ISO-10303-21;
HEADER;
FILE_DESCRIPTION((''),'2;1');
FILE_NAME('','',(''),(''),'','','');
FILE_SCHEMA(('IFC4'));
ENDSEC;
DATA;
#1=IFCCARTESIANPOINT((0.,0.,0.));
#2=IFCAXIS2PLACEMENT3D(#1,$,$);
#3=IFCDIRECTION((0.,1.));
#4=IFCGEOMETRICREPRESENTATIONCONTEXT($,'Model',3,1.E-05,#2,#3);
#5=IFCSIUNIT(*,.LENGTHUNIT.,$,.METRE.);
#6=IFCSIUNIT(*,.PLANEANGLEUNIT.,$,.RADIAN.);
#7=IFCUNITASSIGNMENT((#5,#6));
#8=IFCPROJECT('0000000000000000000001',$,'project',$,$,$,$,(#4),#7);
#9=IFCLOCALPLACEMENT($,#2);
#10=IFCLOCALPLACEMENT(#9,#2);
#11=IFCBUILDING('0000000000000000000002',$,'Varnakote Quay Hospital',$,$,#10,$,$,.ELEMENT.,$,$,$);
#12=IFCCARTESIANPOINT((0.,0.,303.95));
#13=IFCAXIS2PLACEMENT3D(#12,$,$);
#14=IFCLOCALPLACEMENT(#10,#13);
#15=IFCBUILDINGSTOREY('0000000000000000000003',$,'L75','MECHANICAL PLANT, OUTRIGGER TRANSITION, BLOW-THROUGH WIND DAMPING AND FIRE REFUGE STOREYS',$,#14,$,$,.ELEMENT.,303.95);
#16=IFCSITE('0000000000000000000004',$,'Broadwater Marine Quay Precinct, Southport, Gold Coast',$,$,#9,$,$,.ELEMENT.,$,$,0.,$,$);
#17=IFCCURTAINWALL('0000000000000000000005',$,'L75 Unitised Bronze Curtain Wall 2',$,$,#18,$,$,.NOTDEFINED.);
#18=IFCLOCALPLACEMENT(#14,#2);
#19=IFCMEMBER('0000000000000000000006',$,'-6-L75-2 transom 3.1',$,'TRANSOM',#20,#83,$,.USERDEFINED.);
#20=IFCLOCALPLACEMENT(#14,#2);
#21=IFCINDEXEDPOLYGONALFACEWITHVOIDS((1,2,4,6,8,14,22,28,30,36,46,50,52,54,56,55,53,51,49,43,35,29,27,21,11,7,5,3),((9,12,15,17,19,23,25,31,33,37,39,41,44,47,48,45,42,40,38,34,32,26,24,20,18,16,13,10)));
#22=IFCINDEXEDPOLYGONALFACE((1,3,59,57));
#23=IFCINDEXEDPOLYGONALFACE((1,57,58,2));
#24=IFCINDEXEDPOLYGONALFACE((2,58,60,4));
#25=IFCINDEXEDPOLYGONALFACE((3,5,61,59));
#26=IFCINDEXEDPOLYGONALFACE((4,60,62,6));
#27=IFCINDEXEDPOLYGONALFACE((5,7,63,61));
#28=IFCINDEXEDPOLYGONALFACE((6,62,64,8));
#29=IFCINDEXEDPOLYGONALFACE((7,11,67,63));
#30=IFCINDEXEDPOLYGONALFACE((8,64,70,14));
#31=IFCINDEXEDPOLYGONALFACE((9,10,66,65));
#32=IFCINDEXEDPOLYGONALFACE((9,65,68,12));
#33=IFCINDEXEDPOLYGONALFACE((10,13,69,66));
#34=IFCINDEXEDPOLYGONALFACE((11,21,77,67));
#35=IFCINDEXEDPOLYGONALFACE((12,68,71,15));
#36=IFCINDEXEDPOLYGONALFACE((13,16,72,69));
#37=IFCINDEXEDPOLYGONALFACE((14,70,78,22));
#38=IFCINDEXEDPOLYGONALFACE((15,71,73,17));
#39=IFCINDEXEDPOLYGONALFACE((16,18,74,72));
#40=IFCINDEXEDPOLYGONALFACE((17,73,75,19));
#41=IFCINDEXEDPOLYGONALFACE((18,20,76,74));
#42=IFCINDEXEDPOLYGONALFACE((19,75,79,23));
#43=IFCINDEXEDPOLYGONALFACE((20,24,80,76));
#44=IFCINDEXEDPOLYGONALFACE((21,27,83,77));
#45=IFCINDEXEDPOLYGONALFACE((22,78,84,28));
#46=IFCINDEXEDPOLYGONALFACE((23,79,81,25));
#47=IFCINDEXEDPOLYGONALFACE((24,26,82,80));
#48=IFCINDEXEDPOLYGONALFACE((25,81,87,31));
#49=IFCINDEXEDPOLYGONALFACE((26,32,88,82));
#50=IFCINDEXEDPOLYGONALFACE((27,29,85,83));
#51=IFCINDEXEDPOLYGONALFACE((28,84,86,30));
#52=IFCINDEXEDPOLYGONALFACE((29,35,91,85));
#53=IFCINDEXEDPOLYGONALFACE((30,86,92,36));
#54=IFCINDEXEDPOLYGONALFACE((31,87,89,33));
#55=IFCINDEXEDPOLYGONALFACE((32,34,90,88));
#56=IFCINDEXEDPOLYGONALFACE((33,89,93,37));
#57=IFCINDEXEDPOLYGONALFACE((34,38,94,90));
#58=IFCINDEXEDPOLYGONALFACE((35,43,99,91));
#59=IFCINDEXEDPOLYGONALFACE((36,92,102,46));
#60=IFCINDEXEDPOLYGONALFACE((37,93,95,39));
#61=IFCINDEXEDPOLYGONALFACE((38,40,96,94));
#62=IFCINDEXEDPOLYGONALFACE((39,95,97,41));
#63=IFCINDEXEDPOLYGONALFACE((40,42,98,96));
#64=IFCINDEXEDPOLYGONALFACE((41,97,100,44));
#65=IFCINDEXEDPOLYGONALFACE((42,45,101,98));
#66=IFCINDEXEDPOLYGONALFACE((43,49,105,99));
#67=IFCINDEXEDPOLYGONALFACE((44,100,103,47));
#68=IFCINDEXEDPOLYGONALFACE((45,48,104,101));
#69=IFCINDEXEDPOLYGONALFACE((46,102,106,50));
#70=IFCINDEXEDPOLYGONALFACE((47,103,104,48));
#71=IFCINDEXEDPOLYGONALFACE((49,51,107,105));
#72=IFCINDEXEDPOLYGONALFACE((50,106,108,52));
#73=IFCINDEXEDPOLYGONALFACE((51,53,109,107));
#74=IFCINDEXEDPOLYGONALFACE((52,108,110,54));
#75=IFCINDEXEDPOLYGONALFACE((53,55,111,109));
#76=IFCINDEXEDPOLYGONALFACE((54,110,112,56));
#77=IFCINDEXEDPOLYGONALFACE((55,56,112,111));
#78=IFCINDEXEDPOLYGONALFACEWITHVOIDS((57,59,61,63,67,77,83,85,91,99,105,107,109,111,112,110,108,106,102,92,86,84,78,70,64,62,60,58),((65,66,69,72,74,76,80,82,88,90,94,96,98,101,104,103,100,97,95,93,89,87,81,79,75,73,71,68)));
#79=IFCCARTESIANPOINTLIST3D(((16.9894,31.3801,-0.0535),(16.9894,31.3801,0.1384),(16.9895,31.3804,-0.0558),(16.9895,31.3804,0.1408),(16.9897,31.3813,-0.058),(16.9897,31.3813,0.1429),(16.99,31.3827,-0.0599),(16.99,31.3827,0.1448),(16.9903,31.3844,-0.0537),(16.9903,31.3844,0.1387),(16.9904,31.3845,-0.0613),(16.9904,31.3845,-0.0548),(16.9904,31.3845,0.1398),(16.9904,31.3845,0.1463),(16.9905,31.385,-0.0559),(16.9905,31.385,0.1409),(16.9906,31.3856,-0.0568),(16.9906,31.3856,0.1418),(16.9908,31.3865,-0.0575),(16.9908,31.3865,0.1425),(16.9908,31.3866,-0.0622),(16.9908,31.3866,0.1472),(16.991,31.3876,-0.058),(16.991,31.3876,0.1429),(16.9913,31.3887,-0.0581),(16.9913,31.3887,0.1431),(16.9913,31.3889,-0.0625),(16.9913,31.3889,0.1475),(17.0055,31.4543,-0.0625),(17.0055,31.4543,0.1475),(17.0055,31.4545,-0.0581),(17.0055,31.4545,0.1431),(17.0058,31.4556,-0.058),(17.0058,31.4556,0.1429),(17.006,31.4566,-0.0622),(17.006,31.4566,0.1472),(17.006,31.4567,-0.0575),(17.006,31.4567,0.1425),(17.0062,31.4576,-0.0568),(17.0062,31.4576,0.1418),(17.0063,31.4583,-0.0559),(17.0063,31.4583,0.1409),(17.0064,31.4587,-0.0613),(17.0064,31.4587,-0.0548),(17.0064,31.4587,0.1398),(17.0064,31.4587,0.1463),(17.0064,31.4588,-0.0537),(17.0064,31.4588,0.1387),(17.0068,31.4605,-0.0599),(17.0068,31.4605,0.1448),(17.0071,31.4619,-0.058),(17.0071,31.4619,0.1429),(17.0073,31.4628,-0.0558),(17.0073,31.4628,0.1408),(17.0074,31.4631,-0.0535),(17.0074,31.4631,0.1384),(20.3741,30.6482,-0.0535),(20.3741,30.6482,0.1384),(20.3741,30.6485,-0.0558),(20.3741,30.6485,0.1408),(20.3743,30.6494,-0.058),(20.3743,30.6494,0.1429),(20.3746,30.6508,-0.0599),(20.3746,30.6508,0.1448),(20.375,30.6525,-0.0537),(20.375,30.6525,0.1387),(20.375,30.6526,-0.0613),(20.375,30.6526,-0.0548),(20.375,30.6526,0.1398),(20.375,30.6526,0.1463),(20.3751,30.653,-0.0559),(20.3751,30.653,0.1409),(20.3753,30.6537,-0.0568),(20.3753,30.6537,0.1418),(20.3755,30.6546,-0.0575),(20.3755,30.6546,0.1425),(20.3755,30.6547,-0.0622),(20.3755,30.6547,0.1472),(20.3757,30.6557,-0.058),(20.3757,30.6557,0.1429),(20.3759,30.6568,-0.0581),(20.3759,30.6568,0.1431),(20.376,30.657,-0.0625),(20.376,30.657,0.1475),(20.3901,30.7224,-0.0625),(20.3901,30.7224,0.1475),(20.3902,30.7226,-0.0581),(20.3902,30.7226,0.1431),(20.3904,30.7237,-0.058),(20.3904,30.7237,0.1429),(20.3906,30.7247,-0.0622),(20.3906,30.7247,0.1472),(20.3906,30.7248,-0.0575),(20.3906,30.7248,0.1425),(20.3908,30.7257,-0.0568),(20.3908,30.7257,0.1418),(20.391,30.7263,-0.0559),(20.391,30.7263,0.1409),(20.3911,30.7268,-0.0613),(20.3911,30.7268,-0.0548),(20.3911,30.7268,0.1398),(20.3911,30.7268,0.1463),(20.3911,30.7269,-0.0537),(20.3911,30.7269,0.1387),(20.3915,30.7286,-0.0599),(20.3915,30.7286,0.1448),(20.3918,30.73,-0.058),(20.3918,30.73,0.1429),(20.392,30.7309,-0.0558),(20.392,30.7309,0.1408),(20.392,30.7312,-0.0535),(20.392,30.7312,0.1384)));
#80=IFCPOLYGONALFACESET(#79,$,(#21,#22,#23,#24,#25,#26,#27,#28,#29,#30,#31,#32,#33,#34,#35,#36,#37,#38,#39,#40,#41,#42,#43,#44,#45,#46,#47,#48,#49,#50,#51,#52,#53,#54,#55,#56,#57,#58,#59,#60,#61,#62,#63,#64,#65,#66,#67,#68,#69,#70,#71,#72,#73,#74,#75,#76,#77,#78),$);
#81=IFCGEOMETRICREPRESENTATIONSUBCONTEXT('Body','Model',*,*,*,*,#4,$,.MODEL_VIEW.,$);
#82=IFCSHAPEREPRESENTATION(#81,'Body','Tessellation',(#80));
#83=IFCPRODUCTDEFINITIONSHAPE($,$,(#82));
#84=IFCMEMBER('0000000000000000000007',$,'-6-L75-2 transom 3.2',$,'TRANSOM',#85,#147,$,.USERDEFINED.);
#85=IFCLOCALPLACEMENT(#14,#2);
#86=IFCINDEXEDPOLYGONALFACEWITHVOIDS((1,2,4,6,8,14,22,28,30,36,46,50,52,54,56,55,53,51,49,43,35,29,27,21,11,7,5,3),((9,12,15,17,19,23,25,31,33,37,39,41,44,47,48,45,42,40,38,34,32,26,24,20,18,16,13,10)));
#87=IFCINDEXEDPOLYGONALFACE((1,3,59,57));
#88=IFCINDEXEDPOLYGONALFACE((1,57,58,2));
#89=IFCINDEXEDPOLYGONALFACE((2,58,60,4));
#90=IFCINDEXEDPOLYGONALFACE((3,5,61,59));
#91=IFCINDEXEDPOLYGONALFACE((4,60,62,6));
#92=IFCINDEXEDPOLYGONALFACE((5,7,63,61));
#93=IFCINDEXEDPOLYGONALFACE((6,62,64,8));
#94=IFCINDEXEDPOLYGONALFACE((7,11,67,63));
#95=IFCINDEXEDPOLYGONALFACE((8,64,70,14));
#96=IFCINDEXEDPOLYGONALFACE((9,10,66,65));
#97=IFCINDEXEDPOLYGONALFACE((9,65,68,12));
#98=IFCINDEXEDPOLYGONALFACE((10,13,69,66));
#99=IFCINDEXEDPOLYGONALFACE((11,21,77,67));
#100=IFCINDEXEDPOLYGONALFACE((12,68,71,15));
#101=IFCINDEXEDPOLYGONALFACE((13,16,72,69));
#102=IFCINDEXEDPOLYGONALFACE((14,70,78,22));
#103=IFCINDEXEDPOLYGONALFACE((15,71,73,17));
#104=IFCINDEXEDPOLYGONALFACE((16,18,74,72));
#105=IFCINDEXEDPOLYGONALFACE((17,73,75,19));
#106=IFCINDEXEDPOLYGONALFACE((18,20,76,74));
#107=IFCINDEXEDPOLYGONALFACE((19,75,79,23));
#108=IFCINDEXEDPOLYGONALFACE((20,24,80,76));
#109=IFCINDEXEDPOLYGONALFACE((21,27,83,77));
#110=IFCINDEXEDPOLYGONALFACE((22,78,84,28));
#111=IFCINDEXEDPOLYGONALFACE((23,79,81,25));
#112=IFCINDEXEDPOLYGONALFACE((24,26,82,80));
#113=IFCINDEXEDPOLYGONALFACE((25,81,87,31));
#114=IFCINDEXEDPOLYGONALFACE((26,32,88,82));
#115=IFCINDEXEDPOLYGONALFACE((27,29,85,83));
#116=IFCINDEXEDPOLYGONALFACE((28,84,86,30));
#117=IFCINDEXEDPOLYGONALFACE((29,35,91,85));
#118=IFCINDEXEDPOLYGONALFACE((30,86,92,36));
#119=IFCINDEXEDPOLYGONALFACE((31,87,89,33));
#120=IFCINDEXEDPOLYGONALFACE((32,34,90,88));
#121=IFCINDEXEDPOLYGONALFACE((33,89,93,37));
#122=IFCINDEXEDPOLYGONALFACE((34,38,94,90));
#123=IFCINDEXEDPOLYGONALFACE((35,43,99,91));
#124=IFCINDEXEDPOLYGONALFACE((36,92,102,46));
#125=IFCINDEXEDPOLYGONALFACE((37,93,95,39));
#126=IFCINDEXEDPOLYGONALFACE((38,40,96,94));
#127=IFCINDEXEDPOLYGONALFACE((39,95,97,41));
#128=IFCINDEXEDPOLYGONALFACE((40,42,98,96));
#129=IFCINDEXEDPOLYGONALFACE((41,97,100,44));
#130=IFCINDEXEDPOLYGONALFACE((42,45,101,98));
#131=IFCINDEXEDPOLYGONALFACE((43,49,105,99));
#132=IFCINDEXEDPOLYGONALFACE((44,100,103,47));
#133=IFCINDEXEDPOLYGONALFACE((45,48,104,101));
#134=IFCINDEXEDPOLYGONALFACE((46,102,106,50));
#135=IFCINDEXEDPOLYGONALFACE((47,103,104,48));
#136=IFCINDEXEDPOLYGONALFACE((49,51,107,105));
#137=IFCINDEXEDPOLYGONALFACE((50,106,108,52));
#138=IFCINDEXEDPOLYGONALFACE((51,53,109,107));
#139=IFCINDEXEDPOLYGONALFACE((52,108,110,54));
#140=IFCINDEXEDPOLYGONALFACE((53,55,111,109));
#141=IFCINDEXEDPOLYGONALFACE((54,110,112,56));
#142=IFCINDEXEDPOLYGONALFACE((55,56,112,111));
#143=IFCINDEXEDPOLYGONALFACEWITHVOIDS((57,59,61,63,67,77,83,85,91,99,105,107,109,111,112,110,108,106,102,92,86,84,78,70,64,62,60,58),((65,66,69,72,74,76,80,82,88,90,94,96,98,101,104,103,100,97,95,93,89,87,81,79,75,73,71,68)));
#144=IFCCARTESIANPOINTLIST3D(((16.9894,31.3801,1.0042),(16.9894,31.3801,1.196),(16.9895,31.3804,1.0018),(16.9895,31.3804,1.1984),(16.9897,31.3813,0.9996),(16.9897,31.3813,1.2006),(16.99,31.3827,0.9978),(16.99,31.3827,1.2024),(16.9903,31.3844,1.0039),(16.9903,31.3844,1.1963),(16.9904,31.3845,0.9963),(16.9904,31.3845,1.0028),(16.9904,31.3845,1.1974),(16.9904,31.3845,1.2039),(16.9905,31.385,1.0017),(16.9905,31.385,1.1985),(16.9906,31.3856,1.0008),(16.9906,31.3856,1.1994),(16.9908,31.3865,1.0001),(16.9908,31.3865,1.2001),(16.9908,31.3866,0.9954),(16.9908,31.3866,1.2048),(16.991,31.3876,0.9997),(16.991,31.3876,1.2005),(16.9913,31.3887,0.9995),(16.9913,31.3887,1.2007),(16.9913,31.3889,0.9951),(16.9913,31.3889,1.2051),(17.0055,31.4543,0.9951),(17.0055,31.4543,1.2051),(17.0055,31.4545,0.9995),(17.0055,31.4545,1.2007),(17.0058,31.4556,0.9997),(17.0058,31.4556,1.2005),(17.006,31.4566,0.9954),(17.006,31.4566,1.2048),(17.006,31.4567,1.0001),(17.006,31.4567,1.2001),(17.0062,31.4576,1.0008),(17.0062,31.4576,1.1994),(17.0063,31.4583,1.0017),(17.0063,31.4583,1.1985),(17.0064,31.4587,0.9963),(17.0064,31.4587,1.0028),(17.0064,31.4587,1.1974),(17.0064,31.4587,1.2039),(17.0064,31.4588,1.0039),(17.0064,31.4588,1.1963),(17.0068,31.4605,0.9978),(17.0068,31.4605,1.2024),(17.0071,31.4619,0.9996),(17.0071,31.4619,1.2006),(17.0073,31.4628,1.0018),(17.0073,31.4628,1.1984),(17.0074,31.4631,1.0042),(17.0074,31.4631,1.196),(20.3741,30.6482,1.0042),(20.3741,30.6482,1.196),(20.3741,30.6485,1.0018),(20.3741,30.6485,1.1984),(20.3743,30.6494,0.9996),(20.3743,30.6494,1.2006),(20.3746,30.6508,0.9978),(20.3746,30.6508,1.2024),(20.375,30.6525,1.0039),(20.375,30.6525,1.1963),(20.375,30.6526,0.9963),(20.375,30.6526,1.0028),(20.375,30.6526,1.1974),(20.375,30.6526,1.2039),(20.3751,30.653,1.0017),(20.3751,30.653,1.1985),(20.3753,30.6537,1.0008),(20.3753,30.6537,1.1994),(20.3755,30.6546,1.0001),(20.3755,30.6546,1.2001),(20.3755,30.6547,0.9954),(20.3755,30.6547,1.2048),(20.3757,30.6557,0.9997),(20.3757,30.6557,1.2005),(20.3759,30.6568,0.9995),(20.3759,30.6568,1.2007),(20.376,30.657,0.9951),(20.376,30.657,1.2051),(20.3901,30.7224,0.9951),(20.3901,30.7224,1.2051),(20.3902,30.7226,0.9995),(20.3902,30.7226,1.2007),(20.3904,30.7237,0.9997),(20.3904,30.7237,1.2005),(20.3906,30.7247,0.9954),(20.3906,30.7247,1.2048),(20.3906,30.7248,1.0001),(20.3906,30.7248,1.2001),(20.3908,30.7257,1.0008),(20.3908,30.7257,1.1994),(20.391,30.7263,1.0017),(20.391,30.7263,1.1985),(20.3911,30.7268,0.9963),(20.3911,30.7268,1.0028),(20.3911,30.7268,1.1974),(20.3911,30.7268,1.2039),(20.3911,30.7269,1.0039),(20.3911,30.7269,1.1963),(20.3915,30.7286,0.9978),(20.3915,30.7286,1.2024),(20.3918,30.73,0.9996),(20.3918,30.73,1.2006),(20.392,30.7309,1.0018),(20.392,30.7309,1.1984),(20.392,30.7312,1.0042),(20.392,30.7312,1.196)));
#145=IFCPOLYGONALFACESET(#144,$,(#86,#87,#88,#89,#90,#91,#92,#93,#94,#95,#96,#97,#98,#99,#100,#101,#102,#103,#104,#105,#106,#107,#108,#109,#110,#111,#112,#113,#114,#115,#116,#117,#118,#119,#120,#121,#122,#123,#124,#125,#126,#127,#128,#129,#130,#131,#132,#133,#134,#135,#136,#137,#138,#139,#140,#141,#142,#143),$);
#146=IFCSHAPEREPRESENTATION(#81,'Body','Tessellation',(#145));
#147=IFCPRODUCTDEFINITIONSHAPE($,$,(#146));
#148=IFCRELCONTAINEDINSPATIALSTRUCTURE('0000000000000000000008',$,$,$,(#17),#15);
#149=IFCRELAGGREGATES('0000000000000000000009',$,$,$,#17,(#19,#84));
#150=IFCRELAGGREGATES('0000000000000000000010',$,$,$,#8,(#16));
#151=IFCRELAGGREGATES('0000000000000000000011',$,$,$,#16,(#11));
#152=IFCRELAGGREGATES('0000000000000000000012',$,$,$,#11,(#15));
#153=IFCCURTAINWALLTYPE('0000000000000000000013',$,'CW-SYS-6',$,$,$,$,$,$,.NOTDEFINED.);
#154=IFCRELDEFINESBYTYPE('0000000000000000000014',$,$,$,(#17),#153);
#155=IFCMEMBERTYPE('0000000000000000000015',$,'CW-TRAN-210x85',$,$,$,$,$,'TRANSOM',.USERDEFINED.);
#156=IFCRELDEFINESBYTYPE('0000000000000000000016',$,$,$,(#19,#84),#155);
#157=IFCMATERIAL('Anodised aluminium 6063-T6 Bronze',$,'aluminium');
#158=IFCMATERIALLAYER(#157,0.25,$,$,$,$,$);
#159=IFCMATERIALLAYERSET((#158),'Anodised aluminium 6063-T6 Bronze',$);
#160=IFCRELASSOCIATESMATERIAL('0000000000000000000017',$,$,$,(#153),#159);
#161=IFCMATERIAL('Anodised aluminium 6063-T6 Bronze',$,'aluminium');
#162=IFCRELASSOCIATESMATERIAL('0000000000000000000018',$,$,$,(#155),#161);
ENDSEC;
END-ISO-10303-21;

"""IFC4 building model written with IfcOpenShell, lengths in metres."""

from ifc_helpers import new_model, si_unit, direction, frame, origin, origin_2d, place, context, subcontext, project, spatial, hollow_rectangle, extrude, material, layer, layer_set, material_profile, profile_set, type_object, element, aggregate, save


model = new_model("IFC4")

# Units and contexts
model_context = context("Model", 3, precision=1e-05, world=origin(), true_north=direction((0.0, 1.0)))
body_context = subcontext(model_context, "Body", "Model", "MODEL_VIEW")
ifc_project = project(units=[si_unit("LENGTHUNIT", "METRE"), si_unit("PLANEANGLEUNIT", "RADIAN")], contexts=[model_context])

# Site, building, storey
site_placement = place(None, origin())
site = spatial("IfcSite", under=ifc_project, at=site_placement, Name="Broadwater Marine Quay Precinct, Southport, Gold Coast", CompositionType="ELEMENT", RefElevation=0.0)
building_placement = place(site_placement, origin())
building = spatial("IfcBuilding", under=site, at=building_placement, Name="Varnakote Quay Hospital", CompositionType="ELEMENT")
storey_placement = place(building_placement, frame((0.0, 0.0, 303.95)))
storey = spatial("IfcBuildingStorey", under=building, at=storey_placement, Name="L75", Description="MECHANICAL PLANT, OUTRIGGER TRANSITION, BLOW-THROUGH WIND DAMPING AND FIRE REFUGE STOREYS", CompositionType="ELEMENT", Elevation=303.95)

# Curtain wall, members
ifc_material_1 = material(Name="Anodised aluminium 6063-T6 Bronze", Category="aluminium")
ifc_layer_1 = layer(ifc_material_1, 0.25)
ifc_layer_set_1 = layer_set([ifc_layer_1], Name="Anodised aluminium 6063-T6 Bronze")
curtain_wall_type = type_object("IfcCurtainWallType", Name="CW-SYS-6", PredefinedType="NOTDEFINED", material=ifc_layer_set_1)
curtain_wall_placement = place(storey_placement, origin())
curtain_wall = element("IfcCurtainWall", 1, at=curtain_wall_placement, inside=storey, type_object=curtain_wall_type, Name="L75 Unitised Bronze Curtain Wall 2", PredefinedType="NOTDEFINED")
ifc_material_2 = material(Name="Anodised aluminium 6063-T6 Bronze", Category="aluminium")
ifc_material_profile_1 = material_profile(ifc_material_2, hollow_rectangle(XDim=0.085, YDim=0.21, WallThickness=0.0044, InnerFilletRadius=0.0044, OuterFilletRadius=0.009, at=origin_2d()), Name="CW-TRAN-210x85")
ifc_profile_set_1 = profile_set([ifc_material_profile_1], Name="Anodised aluminium 6063-T6 Bronze")
member_type_1 = type_object("IfcMemberType", Name="CW-TRAN-210x85", ElementType="TRANSOM", PredefinedType="USERDEFINED", material=ifc_profile_set_1)
member_1_placement = place(storey_placement, frame((20.3831, 30.6897, 0.0425), z_axis=(-0.977409, 0.211358, 0.0), x_axis=(-0.211358, -0.977409, 0.0)))
member_1 = element("IfcMember", 2, at=member_1_placement, type_object=member_type_1, Name="-6-L75-2 transom 3.1", ObjectType="TRANSOM", PredefinedType="USERDEFINED", context=body_context, shape_type="SweptSolid", body=[
    extrude(hollow_rectangle(XDim=0.085, YDim=0.21, WallThickness=0.0044, InnerFilletRadius=0.0044, OuterFilletRadius=0.009, at=origin_2d()), origin(), (0.0, 0.0, 1.0), 3.4629),
])
member_2_placement = place(storey_placement, frame((20.3831, 30.6897, 1.1001), z_axis=(-0.977409, 0.211358, 0.0), x_axis=(-0.211358, -0.977409, 0.0)))
member_2 = element("IfcMember", 3, at=member_2_placement, type_object=member_type_1, Name="-6-L75-2 transom 3.2", ObjectType="TRANSOM", PredefinedType="USERDEFINED", context=body_context, shape_type="SweptSolid", body=[
    extrude(hollow_rectangle(XDim=0.085, YDim=0.21, WallThickness=0.0044, InnerFilletRadius=0.0044, OuterFilletRadius=0.009, at=origin_2d()), origin(), (0.0, 0.0, 1.0), 3.4629),
])

aggregate(curtain_wall, [member_1, member_2])

save(model, "model.ifc")
